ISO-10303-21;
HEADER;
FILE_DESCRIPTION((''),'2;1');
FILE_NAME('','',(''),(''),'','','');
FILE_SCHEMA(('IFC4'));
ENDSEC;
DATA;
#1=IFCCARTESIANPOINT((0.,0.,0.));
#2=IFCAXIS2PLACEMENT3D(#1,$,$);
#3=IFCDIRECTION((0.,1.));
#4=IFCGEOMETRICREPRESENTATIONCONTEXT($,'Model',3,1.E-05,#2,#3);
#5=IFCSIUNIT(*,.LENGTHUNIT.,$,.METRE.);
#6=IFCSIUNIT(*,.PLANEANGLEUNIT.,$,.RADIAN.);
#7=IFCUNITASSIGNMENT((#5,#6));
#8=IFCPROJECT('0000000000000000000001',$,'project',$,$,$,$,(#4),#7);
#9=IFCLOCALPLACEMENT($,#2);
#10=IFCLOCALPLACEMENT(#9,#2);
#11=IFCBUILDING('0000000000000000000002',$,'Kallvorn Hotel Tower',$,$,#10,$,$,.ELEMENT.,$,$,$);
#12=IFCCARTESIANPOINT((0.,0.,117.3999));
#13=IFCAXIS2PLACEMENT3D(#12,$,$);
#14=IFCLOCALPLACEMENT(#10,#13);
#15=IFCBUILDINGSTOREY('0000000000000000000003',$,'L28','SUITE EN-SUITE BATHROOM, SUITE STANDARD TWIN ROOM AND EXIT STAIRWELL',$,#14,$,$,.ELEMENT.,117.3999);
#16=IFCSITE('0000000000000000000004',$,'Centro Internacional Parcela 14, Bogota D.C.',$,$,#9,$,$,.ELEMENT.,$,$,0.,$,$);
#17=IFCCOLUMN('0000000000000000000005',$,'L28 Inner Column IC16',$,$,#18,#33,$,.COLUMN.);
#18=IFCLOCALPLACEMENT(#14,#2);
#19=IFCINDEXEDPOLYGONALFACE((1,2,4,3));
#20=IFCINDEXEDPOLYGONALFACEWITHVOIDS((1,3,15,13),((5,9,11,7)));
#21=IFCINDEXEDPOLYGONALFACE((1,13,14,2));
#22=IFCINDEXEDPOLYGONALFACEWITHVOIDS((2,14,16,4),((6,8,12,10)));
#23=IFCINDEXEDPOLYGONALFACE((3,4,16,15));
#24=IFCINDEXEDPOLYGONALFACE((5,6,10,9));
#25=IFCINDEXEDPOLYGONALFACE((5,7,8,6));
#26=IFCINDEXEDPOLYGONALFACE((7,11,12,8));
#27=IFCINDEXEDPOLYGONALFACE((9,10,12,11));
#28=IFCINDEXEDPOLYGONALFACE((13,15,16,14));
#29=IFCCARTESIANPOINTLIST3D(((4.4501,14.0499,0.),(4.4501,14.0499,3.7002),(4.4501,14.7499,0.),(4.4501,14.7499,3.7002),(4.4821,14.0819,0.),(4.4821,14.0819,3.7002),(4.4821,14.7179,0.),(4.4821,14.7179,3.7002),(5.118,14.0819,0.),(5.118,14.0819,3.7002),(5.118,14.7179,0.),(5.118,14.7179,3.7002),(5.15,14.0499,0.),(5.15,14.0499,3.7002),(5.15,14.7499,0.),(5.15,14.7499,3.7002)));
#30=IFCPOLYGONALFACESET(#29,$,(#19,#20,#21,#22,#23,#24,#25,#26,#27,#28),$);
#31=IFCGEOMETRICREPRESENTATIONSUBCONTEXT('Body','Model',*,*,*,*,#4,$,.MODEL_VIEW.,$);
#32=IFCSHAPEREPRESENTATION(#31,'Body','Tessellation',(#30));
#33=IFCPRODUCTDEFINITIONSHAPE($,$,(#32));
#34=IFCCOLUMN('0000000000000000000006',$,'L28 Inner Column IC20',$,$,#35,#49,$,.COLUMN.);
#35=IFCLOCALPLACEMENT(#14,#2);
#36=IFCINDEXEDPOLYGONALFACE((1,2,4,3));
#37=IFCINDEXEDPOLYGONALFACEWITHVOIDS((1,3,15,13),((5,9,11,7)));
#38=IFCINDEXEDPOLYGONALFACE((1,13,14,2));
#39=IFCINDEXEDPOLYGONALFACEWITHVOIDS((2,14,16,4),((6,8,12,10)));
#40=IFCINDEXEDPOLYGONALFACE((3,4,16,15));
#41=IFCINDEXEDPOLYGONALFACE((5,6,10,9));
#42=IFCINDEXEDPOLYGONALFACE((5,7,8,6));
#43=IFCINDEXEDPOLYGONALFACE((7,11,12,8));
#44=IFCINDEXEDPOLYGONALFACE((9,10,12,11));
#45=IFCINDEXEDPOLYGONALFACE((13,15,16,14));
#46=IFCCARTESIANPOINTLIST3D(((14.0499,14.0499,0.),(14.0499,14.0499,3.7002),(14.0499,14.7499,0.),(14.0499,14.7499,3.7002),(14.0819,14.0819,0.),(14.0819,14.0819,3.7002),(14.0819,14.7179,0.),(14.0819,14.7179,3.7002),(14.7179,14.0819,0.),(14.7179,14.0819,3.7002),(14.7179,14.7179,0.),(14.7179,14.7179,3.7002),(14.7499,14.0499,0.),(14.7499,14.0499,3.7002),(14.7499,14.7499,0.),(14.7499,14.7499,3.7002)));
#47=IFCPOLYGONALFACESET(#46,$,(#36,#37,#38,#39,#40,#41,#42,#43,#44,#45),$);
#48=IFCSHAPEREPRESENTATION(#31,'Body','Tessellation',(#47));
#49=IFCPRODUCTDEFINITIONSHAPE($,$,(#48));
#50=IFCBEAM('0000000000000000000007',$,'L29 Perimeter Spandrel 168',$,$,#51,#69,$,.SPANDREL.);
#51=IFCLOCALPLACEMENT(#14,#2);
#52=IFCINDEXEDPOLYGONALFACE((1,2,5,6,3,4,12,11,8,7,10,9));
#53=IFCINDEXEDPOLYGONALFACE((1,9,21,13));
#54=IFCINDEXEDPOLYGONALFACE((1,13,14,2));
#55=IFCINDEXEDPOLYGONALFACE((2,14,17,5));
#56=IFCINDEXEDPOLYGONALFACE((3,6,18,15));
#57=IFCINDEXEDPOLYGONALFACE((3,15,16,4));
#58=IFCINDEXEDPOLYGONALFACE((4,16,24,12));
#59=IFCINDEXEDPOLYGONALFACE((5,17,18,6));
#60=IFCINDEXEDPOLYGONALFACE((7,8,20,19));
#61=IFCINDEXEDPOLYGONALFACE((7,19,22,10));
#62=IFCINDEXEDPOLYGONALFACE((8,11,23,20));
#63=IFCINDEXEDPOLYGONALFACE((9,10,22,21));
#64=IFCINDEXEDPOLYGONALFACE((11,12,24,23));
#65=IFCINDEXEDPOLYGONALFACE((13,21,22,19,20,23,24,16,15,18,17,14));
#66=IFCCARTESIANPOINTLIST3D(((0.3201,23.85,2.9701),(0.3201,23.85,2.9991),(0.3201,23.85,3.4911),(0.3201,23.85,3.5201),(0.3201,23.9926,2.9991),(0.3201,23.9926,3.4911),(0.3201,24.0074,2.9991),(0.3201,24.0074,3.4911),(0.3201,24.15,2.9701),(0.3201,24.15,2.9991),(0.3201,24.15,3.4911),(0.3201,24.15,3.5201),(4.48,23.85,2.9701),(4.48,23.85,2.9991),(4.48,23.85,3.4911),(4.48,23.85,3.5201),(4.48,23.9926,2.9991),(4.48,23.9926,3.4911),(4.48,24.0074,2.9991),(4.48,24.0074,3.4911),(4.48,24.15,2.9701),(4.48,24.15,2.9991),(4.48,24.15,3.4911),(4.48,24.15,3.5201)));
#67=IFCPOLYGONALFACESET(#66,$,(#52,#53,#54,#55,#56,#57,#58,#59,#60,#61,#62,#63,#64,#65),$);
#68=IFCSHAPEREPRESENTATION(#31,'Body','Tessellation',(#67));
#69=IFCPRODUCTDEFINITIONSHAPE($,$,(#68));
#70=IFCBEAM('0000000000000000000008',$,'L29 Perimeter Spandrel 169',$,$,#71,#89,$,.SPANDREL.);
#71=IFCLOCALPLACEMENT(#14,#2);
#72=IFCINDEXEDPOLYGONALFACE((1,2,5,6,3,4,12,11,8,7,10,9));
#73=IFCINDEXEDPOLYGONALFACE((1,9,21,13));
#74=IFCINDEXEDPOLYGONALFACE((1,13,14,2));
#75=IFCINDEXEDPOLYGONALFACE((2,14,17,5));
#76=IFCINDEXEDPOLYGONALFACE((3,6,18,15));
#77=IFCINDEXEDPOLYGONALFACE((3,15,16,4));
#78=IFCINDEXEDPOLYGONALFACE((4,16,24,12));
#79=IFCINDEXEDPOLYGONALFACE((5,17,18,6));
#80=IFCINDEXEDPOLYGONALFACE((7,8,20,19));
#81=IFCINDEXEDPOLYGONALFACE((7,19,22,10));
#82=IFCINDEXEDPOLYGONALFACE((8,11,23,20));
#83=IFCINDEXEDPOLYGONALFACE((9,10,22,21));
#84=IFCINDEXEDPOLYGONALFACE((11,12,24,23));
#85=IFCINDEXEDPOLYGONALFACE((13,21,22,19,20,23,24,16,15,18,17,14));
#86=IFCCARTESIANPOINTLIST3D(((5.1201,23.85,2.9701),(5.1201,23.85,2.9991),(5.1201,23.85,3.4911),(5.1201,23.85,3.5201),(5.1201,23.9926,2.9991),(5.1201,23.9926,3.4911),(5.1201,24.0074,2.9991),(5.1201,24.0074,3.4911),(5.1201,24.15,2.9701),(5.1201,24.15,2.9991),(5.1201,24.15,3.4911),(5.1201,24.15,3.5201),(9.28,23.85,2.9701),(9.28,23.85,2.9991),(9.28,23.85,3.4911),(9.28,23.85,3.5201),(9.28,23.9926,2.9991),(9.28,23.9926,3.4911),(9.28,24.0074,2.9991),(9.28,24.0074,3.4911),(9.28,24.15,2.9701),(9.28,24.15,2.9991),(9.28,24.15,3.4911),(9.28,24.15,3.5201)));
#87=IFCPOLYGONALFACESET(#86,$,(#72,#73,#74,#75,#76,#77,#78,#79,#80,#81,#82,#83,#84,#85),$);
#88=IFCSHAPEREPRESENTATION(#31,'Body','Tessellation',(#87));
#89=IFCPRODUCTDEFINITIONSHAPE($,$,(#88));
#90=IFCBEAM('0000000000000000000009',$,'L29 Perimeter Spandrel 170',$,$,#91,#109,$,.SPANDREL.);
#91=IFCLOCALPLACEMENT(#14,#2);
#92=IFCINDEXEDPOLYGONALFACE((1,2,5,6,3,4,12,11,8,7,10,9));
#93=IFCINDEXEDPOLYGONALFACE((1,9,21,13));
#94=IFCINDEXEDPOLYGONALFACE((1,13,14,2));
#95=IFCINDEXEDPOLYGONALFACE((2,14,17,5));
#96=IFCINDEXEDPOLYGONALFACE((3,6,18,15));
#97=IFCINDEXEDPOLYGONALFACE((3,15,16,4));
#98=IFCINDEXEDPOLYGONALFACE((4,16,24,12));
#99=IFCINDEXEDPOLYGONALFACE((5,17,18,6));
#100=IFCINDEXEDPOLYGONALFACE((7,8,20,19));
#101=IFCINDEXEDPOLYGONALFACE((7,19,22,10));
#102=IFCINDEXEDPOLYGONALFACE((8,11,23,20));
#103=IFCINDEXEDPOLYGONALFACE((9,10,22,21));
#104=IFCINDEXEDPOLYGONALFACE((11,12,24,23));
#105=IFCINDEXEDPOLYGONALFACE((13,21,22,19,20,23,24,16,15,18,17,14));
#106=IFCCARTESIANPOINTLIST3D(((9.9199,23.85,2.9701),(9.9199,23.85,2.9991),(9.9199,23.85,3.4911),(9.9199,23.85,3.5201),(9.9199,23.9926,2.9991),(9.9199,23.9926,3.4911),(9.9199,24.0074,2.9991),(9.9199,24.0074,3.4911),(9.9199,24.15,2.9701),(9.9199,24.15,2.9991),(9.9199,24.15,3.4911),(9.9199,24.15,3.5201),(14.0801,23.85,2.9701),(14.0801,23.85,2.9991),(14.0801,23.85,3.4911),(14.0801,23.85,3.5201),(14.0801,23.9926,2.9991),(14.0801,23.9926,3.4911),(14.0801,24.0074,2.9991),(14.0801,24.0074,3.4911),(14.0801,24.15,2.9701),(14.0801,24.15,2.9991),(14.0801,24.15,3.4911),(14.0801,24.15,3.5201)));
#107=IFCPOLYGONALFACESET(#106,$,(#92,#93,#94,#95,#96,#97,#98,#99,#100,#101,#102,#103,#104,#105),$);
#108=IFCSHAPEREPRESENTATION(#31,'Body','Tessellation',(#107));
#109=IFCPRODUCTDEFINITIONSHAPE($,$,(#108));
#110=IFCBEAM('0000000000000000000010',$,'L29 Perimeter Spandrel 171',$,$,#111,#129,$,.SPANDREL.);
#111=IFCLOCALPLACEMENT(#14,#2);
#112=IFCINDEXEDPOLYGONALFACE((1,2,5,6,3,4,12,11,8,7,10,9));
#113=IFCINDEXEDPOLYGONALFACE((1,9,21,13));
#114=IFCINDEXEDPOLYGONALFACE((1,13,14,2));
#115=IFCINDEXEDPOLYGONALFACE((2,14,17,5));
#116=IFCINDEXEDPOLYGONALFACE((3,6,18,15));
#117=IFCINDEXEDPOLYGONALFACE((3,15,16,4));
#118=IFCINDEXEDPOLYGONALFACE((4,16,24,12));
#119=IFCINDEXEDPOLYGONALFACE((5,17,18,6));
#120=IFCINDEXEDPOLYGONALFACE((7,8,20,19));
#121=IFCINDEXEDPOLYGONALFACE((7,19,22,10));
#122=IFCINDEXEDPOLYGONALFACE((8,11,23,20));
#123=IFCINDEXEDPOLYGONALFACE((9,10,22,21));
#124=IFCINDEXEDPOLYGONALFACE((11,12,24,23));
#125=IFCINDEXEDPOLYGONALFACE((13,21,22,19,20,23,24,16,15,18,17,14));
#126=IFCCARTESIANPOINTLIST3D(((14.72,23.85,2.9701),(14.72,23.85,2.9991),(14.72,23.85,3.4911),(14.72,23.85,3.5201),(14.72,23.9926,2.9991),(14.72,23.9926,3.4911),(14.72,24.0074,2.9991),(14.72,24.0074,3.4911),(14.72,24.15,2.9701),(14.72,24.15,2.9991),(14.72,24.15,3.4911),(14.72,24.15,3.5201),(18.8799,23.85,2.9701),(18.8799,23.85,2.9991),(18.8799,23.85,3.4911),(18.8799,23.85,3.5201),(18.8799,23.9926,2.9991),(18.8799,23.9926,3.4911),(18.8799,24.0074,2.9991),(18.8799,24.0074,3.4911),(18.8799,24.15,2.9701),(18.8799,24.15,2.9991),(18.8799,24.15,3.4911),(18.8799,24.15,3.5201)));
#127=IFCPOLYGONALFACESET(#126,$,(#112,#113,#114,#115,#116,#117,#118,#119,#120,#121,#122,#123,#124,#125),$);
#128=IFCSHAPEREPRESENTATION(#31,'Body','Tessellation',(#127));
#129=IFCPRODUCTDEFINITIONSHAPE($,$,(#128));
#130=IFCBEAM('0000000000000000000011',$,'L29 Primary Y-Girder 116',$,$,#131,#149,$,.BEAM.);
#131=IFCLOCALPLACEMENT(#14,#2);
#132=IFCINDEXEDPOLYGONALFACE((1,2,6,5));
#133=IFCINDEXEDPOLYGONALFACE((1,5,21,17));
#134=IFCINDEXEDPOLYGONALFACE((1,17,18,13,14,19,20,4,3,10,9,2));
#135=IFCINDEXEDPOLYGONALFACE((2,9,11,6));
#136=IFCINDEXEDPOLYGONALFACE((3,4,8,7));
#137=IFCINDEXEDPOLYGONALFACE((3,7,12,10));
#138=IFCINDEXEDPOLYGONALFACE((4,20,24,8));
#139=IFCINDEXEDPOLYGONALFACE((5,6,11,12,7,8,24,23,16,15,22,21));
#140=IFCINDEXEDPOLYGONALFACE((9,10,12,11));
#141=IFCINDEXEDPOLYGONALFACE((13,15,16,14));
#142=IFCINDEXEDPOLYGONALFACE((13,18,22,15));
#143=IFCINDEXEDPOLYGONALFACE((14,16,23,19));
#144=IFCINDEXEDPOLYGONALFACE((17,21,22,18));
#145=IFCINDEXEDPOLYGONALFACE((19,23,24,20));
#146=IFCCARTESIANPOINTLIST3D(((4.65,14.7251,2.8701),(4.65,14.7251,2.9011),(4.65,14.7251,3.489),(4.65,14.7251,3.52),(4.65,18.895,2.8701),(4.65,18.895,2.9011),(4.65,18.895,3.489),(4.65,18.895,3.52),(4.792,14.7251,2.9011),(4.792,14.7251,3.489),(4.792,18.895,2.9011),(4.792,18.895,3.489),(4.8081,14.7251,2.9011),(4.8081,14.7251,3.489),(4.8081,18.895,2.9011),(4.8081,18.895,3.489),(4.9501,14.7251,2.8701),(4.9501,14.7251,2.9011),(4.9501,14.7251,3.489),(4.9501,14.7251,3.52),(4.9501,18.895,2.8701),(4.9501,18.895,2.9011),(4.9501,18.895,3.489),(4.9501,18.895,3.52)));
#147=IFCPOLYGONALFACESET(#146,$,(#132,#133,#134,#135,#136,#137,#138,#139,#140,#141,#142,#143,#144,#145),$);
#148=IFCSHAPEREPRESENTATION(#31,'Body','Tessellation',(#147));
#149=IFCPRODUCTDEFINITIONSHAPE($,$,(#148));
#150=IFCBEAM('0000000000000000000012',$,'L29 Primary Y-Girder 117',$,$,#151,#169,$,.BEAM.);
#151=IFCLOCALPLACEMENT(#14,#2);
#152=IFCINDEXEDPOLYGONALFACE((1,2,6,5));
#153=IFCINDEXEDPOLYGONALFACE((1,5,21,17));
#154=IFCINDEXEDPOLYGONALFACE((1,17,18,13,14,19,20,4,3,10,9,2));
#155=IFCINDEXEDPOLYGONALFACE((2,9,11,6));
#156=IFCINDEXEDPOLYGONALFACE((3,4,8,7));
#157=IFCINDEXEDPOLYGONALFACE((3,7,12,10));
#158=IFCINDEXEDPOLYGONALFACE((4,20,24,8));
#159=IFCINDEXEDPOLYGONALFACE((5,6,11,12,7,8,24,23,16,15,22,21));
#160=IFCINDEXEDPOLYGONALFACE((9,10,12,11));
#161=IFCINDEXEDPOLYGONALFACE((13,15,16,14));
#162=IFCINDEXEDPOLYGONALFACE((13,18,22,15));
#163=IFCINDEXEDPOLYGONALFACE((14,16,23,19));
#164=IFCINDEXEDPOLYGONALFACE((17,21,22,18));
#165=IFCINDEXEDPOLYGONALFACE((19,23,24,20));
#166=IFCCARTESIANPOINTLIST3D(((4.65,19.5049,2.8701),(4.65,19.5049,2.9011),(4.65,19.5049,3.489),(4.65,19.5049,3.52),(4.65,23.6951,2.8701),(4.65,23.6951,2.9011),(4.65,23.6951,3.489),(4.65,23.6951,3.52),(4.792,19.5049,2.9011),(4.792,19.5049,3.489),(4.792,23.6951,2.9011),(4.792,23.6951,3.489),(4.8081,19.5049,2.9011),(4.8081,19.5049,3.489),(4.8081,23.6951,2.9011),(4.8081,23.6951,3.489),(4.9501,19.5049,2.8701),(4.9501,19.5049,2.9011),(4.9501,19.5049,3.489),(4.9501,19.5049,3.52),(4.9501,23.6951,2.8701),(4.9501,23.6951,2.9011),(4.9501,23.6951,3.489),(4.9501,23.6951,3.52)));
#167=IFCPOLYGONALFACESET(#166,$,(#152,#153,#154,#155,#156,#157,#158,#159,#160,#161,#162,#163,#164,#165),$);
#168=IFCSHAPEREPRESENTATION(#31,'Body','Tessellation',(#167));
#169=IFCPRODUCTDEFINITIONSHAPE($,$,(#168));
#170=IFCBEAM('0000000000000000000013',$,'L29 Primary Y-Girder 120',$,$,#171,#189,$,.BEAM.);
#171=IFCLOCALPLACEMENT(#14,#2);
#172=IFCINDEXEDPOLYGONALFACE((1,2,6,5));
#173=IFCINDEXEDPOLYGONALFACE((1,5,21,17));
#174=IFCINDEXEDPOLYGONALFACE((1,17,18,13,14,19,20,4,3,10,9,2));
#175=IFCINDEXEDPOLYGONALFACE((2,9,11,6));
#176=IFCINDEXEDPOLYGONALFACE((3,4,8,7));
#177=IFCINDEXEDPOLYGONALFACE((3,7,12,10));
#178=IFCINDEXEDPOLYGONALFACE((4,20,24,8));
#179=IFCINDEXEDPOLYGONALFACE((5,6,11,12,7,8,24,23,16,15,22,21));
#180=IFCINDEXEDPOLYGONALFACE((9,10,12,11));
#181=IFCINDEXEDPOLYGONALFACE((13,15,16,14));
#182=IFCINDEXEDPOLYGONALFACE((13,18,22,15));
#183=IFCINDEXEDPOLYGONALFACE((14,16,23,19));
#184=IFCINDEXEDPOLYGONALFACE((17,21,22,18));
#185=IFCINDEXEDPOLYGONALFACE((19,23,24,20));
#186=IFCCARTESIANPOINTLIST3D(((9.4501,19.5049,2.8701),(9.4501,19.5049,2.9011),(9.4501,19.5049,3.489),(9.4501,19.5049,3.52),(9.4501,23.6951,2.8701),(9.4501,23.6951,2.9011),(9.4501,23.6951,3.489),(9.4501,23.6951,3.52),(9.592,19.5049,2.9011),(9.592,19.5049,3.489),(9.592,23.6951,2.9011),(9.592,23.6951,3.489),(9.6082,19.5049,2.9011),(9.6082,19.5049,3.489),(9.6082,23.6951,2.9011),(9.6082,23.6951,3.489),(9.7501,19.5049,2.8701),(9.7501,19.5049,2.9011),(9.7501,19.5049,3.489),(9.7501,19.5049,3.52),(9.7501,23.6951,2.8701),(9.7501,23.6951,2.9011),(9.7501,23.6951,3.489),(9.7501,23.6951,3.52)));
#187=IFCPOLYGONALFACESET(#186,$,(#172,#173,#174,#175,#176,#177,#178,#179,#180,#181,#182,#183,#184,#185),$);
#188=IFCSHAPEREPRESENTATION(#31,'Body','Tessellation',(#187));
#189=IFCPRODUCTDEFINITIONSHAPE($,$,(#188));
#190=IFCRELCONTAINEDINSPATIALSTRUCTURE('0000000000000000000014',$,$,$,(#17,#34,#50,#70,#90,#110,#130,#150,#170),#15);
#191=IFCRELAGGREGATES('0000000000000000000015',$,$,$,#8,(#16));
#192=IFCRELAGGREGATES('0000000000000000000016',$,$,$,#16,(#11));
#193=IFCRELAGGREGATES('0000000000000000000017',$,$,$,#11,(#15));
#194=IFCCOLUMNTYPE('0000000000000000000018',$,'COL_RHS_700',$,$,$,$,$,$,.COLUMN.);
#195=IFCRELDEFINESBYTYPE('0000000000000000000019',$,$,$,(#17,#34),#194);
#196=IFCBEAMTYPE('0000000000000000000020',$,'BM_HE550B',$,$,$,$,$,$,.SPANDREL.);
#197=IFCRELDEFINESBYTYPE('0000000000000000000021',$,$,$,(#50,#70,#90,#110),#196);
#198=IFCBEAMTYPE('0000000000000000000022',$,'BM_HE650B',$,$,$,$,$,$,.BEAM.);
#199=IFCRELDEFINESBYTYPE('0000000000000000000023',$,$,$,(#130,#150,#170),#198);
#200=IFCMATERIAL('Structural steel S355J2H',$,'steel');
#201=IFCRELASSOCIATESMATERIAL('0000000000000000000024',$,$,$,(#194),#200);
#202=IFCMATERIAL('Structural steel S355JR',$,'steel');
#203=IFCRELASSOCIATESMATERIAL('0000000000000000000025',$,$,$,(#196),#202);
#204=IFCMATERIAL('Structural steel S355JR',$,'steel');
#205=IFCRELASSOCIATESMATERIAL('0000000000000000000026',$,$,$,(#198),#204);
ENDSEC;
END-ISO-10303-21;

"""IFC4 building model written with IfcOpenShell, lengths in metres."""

from ifc_helpers import new_model, si_unit, direction, frame, origin, origin_2d, place, context, subcontext, project, spatial, hollow_rectangle, i_section, extrude, material, material_profile, profile_set, type_object, element, save


model = new_model("IFC4")

# Units and contexts
model_context = context("Model", 3, precision=1e-05, world=origin(), true_north=direction((0.0, 1.0)))
body_context = subcontext(model_context, "Body", "Model", "MODEL_VIEW")
ifc_project = project(units=[si_unit("LENGTHUNIT", "METRE"), si_unit("PLANEANGLEUNIT", "RADIAN")], contexts=[model_context])

# Site, building, storey
site_placement = place(None, origin())
site = spatial("IfcSite", under=ifc_project, at=site_placement, Name="Centro Internacional Parcela 14, Bogota D.C.", CompositionType="ELEMENT", RefElevation=0.0)
building_placement = place(site_placement, origin())
building = spatial("IfcBuilding", under=site, at=building_placement, Name="Kallvorn Hotel Tower", CompositionType="ELEMENT")
storey_placement = place(building_placement, frame((0.0, 0.0, 117.3999)))
storey = spatial("IfcBuildingStorey", under=building, at=storey_placement, Name="L28", Description="SUITE EN-SUITE BATHROOM, SUITE STANDARD TWIN ROOM AND EXIT STAIRWELL", CompositionType="ELEMENT", Elevation=117.3999)

# Columns
ifc_material_1 = material(Name="Structural steel S355J2H", Category="steel")
ifc_material_profile_1 = material_profile(ifc_material_1, hollow_rectangle(XDim=0.7, YDim=0.7, WallThickness=0.032, at=origin_2d()), Name="RHS 700x700x32")
ifc_profile_set_1 = profile_set([ifc_material_profile_1], Name="Structural steel S355J2H")
column_type_1 = type_object("IfcColumnType", Name="COL_RHS_700", PredefinedType="COLUMN", material=ifc_profile_set_1)
for number, where, z_axis, x_axis, name in (
    (1, (4.8, 14.3999, 0.0), (0.0, 0.0, 1.0), (1.0, 0.0, 0.0), "L28 Inner Column IC16"),
    (2, (14.3999, 14.3999, 0.0), (0.0, 0.0, 1.0), (1.0, 0.0, 0.0), "L28 Inner Column IC20"),
):
    element("IfcColumn", number, at=place(storey_placement, frame(where, z_axis=z_axis, x_axis=x_axis)), inside=storey, type_object=column_type_1, Name=name, PredefinedType="COLUMN", context=body_context, shape_type="SweptSolid", body=[
        extrude(hollow_rectangle(XDim=0.7, YDim=0.7, WallThickness=0.032, at=origin_2d()), origin(), (0.0, 0.0, 1.0), 3.7002),
    ])

# Beams
ifc_material_2 = material(Name="Structural steel S355JR", Category="steel")
ifc_material_profile_2 = material_profile(ifc_material_2, i_section(OverallWidth=0.3, OverallDepth=0.55, WebThickness=0.0149, FlangeThickness=0.0291, at=origin_2d()), Name="HE 550 B")
ifc_profile_set_2 = profile_set([ifc_material_profile_2], Name="Structural steel S355JR")
beam_type_1 = type_object("IfcBeamType", Name="BM_HE550B", PredefinedType="SPANDREL", material=ifc_profile_set_2)
for number, where, z_axis, x_axis, name in (
    (3, (0.3201, 24.0, 3.2451), (1.0, 0.0, 0.0), (0.0, 1.0, 0.0), "L29 Perimeter Spandrel 168"),
    (4, (5.1201, 24.0, 3.2451), (1.0, 0.0, 0.0), (0.0, 1.0, 0.0), "L29 Perimeter Spandrel 169"),
):
    element("IfcBeam", number, at=place(storey_placement, frame(where, z_axis=z_axis, x_axis=x_axis)), inside=storey, type_object=beam_type_1, Name=name, PredefinedType="SPANDREL", context=body_context, shape_type="SweptSolid", body=[
        extrude(i_section(OverallWidth=0.3, OverallDepth=0.55, WebThickness=0.0149, FlangeThickness=0.0291, at=origin_2d()), origin(), (0.0, 0.0, 1.0), 4.1599),
    ])
beam_1_placement = place(storey_placement, frame((9.9199, 24.0, 3.2451), z_axis=(1.0, 0.0, 0.0), x_axis=(0.0, 1.0, 0.0)))
element("IfcBeam", 5, at=beam_1_placement, inside=storey, type_object=beam_type_1, Name="L29 Perimeter Spandrel 170", PredefinedType="SPANDREL", context=body_context, shape_type="SweptSolid", body=[
    extrude(i_section(OverallWidth=0.3, OverallDepth=0.55, WebThickness=0.0149, FlangeThickness=0.0291, at=origin_2d()), origin(), (0.0, 0.0, 1.0), 4.1602),
])
beam_2_placement = place(storey_placement, frame((14.72, 24.0, 3.2451), z_axis=(1.0, 0.0, 0.0), x_axis=(0.0, 1.0, 0.0)))
element("IfcBeam", 6, at=beam_2_placement, inside=storey, type_object=beam_type_1, Name="L29 Perimeter Spandrel 171", PredefinedType="SPANDREL", context=body_context, shape_type="SweptSolid", body=[
    extrude(i_section(OverallWidth=0.3, OverallDepth=0.55, WebThickness=0.0149, FlangeThickness=0.0291, at=origin_2d()), origin(), (0.0, 0.0, 1.0), 4.1599),
])
ifc_material_3 = material(Name="Structural steel S355JR", Category="steel")
ifc_material_profile_3 = material_profile(ifc_material_3, i_section(OverallWidth=0.3, OverallDepth=0.6499, WebThickness=0.0161, FlangeThickness=0.031, at=origin_2d()), Name="HE 650 B")
ifc_profile_set_3 = profile_set([ifc_material_profile_3], Name="Structural steel S355JR")
beam_type_2 = type_object("IfcBeamType", Name="BM_HE650B", PredefinedType="BEAM", material=ifc_profile_set_3)
beam_3_placement = place(storey_placement, frame((4.8, 14.7251, 3.1951), z_axis=(0.0, 1.0, 0.0), x_axis=(-1.0, 0.0, 0.0)))
element("IfcBeam", 7, at=beam_3_placement, inside=storey, type_object=beam_type_2, Name="L29 Primary Y-Girder 116", PredefinedType="BEAM", context=body_context, shape_type="SweptSolid", body=[
    extrude(i_section(OverallWidth=0.3, OverallDepth=0.6499, WebThickness=0.0161, FlangeThickness=0.031, at=origin_2d()), origin(), (0.0, 0.0, 1.0), 4.1699),
])
for number, where, z_axis, x_axis, name in (
    (8, (4.8, 19.5049, 3.1951), (0.0, 1.0, 0.0), (-1.0, 0.0, 0.0), "L29 Primary Y-Girder 117"),
    (9, (9.6001, 19.5049, 3.1951), (0.0, 1.0, 0.0), (-1.0, 0.0, 0.0), "L29 Primary Y-Girder 120"),
):
    element("IfcBeam", number, at=place(storey_placement, frame(where, z_axis=z_axis, x_axis=x_axis)), inside=storey, type_object=beam_type_2, Name=name, PredefinedType="BEAM", context=body_context, shape_type="SweptSolid", body=[
        extrude(i_section(OverallWidth=0.3, OverallDepth=0.6499, WebThickness=0.0161, FlangeThickness=0.031, at=origin_2d()), origin(), (0.0, 0.0, 1.0), 4.1902),
    ])

save(model, "model.ifc")
